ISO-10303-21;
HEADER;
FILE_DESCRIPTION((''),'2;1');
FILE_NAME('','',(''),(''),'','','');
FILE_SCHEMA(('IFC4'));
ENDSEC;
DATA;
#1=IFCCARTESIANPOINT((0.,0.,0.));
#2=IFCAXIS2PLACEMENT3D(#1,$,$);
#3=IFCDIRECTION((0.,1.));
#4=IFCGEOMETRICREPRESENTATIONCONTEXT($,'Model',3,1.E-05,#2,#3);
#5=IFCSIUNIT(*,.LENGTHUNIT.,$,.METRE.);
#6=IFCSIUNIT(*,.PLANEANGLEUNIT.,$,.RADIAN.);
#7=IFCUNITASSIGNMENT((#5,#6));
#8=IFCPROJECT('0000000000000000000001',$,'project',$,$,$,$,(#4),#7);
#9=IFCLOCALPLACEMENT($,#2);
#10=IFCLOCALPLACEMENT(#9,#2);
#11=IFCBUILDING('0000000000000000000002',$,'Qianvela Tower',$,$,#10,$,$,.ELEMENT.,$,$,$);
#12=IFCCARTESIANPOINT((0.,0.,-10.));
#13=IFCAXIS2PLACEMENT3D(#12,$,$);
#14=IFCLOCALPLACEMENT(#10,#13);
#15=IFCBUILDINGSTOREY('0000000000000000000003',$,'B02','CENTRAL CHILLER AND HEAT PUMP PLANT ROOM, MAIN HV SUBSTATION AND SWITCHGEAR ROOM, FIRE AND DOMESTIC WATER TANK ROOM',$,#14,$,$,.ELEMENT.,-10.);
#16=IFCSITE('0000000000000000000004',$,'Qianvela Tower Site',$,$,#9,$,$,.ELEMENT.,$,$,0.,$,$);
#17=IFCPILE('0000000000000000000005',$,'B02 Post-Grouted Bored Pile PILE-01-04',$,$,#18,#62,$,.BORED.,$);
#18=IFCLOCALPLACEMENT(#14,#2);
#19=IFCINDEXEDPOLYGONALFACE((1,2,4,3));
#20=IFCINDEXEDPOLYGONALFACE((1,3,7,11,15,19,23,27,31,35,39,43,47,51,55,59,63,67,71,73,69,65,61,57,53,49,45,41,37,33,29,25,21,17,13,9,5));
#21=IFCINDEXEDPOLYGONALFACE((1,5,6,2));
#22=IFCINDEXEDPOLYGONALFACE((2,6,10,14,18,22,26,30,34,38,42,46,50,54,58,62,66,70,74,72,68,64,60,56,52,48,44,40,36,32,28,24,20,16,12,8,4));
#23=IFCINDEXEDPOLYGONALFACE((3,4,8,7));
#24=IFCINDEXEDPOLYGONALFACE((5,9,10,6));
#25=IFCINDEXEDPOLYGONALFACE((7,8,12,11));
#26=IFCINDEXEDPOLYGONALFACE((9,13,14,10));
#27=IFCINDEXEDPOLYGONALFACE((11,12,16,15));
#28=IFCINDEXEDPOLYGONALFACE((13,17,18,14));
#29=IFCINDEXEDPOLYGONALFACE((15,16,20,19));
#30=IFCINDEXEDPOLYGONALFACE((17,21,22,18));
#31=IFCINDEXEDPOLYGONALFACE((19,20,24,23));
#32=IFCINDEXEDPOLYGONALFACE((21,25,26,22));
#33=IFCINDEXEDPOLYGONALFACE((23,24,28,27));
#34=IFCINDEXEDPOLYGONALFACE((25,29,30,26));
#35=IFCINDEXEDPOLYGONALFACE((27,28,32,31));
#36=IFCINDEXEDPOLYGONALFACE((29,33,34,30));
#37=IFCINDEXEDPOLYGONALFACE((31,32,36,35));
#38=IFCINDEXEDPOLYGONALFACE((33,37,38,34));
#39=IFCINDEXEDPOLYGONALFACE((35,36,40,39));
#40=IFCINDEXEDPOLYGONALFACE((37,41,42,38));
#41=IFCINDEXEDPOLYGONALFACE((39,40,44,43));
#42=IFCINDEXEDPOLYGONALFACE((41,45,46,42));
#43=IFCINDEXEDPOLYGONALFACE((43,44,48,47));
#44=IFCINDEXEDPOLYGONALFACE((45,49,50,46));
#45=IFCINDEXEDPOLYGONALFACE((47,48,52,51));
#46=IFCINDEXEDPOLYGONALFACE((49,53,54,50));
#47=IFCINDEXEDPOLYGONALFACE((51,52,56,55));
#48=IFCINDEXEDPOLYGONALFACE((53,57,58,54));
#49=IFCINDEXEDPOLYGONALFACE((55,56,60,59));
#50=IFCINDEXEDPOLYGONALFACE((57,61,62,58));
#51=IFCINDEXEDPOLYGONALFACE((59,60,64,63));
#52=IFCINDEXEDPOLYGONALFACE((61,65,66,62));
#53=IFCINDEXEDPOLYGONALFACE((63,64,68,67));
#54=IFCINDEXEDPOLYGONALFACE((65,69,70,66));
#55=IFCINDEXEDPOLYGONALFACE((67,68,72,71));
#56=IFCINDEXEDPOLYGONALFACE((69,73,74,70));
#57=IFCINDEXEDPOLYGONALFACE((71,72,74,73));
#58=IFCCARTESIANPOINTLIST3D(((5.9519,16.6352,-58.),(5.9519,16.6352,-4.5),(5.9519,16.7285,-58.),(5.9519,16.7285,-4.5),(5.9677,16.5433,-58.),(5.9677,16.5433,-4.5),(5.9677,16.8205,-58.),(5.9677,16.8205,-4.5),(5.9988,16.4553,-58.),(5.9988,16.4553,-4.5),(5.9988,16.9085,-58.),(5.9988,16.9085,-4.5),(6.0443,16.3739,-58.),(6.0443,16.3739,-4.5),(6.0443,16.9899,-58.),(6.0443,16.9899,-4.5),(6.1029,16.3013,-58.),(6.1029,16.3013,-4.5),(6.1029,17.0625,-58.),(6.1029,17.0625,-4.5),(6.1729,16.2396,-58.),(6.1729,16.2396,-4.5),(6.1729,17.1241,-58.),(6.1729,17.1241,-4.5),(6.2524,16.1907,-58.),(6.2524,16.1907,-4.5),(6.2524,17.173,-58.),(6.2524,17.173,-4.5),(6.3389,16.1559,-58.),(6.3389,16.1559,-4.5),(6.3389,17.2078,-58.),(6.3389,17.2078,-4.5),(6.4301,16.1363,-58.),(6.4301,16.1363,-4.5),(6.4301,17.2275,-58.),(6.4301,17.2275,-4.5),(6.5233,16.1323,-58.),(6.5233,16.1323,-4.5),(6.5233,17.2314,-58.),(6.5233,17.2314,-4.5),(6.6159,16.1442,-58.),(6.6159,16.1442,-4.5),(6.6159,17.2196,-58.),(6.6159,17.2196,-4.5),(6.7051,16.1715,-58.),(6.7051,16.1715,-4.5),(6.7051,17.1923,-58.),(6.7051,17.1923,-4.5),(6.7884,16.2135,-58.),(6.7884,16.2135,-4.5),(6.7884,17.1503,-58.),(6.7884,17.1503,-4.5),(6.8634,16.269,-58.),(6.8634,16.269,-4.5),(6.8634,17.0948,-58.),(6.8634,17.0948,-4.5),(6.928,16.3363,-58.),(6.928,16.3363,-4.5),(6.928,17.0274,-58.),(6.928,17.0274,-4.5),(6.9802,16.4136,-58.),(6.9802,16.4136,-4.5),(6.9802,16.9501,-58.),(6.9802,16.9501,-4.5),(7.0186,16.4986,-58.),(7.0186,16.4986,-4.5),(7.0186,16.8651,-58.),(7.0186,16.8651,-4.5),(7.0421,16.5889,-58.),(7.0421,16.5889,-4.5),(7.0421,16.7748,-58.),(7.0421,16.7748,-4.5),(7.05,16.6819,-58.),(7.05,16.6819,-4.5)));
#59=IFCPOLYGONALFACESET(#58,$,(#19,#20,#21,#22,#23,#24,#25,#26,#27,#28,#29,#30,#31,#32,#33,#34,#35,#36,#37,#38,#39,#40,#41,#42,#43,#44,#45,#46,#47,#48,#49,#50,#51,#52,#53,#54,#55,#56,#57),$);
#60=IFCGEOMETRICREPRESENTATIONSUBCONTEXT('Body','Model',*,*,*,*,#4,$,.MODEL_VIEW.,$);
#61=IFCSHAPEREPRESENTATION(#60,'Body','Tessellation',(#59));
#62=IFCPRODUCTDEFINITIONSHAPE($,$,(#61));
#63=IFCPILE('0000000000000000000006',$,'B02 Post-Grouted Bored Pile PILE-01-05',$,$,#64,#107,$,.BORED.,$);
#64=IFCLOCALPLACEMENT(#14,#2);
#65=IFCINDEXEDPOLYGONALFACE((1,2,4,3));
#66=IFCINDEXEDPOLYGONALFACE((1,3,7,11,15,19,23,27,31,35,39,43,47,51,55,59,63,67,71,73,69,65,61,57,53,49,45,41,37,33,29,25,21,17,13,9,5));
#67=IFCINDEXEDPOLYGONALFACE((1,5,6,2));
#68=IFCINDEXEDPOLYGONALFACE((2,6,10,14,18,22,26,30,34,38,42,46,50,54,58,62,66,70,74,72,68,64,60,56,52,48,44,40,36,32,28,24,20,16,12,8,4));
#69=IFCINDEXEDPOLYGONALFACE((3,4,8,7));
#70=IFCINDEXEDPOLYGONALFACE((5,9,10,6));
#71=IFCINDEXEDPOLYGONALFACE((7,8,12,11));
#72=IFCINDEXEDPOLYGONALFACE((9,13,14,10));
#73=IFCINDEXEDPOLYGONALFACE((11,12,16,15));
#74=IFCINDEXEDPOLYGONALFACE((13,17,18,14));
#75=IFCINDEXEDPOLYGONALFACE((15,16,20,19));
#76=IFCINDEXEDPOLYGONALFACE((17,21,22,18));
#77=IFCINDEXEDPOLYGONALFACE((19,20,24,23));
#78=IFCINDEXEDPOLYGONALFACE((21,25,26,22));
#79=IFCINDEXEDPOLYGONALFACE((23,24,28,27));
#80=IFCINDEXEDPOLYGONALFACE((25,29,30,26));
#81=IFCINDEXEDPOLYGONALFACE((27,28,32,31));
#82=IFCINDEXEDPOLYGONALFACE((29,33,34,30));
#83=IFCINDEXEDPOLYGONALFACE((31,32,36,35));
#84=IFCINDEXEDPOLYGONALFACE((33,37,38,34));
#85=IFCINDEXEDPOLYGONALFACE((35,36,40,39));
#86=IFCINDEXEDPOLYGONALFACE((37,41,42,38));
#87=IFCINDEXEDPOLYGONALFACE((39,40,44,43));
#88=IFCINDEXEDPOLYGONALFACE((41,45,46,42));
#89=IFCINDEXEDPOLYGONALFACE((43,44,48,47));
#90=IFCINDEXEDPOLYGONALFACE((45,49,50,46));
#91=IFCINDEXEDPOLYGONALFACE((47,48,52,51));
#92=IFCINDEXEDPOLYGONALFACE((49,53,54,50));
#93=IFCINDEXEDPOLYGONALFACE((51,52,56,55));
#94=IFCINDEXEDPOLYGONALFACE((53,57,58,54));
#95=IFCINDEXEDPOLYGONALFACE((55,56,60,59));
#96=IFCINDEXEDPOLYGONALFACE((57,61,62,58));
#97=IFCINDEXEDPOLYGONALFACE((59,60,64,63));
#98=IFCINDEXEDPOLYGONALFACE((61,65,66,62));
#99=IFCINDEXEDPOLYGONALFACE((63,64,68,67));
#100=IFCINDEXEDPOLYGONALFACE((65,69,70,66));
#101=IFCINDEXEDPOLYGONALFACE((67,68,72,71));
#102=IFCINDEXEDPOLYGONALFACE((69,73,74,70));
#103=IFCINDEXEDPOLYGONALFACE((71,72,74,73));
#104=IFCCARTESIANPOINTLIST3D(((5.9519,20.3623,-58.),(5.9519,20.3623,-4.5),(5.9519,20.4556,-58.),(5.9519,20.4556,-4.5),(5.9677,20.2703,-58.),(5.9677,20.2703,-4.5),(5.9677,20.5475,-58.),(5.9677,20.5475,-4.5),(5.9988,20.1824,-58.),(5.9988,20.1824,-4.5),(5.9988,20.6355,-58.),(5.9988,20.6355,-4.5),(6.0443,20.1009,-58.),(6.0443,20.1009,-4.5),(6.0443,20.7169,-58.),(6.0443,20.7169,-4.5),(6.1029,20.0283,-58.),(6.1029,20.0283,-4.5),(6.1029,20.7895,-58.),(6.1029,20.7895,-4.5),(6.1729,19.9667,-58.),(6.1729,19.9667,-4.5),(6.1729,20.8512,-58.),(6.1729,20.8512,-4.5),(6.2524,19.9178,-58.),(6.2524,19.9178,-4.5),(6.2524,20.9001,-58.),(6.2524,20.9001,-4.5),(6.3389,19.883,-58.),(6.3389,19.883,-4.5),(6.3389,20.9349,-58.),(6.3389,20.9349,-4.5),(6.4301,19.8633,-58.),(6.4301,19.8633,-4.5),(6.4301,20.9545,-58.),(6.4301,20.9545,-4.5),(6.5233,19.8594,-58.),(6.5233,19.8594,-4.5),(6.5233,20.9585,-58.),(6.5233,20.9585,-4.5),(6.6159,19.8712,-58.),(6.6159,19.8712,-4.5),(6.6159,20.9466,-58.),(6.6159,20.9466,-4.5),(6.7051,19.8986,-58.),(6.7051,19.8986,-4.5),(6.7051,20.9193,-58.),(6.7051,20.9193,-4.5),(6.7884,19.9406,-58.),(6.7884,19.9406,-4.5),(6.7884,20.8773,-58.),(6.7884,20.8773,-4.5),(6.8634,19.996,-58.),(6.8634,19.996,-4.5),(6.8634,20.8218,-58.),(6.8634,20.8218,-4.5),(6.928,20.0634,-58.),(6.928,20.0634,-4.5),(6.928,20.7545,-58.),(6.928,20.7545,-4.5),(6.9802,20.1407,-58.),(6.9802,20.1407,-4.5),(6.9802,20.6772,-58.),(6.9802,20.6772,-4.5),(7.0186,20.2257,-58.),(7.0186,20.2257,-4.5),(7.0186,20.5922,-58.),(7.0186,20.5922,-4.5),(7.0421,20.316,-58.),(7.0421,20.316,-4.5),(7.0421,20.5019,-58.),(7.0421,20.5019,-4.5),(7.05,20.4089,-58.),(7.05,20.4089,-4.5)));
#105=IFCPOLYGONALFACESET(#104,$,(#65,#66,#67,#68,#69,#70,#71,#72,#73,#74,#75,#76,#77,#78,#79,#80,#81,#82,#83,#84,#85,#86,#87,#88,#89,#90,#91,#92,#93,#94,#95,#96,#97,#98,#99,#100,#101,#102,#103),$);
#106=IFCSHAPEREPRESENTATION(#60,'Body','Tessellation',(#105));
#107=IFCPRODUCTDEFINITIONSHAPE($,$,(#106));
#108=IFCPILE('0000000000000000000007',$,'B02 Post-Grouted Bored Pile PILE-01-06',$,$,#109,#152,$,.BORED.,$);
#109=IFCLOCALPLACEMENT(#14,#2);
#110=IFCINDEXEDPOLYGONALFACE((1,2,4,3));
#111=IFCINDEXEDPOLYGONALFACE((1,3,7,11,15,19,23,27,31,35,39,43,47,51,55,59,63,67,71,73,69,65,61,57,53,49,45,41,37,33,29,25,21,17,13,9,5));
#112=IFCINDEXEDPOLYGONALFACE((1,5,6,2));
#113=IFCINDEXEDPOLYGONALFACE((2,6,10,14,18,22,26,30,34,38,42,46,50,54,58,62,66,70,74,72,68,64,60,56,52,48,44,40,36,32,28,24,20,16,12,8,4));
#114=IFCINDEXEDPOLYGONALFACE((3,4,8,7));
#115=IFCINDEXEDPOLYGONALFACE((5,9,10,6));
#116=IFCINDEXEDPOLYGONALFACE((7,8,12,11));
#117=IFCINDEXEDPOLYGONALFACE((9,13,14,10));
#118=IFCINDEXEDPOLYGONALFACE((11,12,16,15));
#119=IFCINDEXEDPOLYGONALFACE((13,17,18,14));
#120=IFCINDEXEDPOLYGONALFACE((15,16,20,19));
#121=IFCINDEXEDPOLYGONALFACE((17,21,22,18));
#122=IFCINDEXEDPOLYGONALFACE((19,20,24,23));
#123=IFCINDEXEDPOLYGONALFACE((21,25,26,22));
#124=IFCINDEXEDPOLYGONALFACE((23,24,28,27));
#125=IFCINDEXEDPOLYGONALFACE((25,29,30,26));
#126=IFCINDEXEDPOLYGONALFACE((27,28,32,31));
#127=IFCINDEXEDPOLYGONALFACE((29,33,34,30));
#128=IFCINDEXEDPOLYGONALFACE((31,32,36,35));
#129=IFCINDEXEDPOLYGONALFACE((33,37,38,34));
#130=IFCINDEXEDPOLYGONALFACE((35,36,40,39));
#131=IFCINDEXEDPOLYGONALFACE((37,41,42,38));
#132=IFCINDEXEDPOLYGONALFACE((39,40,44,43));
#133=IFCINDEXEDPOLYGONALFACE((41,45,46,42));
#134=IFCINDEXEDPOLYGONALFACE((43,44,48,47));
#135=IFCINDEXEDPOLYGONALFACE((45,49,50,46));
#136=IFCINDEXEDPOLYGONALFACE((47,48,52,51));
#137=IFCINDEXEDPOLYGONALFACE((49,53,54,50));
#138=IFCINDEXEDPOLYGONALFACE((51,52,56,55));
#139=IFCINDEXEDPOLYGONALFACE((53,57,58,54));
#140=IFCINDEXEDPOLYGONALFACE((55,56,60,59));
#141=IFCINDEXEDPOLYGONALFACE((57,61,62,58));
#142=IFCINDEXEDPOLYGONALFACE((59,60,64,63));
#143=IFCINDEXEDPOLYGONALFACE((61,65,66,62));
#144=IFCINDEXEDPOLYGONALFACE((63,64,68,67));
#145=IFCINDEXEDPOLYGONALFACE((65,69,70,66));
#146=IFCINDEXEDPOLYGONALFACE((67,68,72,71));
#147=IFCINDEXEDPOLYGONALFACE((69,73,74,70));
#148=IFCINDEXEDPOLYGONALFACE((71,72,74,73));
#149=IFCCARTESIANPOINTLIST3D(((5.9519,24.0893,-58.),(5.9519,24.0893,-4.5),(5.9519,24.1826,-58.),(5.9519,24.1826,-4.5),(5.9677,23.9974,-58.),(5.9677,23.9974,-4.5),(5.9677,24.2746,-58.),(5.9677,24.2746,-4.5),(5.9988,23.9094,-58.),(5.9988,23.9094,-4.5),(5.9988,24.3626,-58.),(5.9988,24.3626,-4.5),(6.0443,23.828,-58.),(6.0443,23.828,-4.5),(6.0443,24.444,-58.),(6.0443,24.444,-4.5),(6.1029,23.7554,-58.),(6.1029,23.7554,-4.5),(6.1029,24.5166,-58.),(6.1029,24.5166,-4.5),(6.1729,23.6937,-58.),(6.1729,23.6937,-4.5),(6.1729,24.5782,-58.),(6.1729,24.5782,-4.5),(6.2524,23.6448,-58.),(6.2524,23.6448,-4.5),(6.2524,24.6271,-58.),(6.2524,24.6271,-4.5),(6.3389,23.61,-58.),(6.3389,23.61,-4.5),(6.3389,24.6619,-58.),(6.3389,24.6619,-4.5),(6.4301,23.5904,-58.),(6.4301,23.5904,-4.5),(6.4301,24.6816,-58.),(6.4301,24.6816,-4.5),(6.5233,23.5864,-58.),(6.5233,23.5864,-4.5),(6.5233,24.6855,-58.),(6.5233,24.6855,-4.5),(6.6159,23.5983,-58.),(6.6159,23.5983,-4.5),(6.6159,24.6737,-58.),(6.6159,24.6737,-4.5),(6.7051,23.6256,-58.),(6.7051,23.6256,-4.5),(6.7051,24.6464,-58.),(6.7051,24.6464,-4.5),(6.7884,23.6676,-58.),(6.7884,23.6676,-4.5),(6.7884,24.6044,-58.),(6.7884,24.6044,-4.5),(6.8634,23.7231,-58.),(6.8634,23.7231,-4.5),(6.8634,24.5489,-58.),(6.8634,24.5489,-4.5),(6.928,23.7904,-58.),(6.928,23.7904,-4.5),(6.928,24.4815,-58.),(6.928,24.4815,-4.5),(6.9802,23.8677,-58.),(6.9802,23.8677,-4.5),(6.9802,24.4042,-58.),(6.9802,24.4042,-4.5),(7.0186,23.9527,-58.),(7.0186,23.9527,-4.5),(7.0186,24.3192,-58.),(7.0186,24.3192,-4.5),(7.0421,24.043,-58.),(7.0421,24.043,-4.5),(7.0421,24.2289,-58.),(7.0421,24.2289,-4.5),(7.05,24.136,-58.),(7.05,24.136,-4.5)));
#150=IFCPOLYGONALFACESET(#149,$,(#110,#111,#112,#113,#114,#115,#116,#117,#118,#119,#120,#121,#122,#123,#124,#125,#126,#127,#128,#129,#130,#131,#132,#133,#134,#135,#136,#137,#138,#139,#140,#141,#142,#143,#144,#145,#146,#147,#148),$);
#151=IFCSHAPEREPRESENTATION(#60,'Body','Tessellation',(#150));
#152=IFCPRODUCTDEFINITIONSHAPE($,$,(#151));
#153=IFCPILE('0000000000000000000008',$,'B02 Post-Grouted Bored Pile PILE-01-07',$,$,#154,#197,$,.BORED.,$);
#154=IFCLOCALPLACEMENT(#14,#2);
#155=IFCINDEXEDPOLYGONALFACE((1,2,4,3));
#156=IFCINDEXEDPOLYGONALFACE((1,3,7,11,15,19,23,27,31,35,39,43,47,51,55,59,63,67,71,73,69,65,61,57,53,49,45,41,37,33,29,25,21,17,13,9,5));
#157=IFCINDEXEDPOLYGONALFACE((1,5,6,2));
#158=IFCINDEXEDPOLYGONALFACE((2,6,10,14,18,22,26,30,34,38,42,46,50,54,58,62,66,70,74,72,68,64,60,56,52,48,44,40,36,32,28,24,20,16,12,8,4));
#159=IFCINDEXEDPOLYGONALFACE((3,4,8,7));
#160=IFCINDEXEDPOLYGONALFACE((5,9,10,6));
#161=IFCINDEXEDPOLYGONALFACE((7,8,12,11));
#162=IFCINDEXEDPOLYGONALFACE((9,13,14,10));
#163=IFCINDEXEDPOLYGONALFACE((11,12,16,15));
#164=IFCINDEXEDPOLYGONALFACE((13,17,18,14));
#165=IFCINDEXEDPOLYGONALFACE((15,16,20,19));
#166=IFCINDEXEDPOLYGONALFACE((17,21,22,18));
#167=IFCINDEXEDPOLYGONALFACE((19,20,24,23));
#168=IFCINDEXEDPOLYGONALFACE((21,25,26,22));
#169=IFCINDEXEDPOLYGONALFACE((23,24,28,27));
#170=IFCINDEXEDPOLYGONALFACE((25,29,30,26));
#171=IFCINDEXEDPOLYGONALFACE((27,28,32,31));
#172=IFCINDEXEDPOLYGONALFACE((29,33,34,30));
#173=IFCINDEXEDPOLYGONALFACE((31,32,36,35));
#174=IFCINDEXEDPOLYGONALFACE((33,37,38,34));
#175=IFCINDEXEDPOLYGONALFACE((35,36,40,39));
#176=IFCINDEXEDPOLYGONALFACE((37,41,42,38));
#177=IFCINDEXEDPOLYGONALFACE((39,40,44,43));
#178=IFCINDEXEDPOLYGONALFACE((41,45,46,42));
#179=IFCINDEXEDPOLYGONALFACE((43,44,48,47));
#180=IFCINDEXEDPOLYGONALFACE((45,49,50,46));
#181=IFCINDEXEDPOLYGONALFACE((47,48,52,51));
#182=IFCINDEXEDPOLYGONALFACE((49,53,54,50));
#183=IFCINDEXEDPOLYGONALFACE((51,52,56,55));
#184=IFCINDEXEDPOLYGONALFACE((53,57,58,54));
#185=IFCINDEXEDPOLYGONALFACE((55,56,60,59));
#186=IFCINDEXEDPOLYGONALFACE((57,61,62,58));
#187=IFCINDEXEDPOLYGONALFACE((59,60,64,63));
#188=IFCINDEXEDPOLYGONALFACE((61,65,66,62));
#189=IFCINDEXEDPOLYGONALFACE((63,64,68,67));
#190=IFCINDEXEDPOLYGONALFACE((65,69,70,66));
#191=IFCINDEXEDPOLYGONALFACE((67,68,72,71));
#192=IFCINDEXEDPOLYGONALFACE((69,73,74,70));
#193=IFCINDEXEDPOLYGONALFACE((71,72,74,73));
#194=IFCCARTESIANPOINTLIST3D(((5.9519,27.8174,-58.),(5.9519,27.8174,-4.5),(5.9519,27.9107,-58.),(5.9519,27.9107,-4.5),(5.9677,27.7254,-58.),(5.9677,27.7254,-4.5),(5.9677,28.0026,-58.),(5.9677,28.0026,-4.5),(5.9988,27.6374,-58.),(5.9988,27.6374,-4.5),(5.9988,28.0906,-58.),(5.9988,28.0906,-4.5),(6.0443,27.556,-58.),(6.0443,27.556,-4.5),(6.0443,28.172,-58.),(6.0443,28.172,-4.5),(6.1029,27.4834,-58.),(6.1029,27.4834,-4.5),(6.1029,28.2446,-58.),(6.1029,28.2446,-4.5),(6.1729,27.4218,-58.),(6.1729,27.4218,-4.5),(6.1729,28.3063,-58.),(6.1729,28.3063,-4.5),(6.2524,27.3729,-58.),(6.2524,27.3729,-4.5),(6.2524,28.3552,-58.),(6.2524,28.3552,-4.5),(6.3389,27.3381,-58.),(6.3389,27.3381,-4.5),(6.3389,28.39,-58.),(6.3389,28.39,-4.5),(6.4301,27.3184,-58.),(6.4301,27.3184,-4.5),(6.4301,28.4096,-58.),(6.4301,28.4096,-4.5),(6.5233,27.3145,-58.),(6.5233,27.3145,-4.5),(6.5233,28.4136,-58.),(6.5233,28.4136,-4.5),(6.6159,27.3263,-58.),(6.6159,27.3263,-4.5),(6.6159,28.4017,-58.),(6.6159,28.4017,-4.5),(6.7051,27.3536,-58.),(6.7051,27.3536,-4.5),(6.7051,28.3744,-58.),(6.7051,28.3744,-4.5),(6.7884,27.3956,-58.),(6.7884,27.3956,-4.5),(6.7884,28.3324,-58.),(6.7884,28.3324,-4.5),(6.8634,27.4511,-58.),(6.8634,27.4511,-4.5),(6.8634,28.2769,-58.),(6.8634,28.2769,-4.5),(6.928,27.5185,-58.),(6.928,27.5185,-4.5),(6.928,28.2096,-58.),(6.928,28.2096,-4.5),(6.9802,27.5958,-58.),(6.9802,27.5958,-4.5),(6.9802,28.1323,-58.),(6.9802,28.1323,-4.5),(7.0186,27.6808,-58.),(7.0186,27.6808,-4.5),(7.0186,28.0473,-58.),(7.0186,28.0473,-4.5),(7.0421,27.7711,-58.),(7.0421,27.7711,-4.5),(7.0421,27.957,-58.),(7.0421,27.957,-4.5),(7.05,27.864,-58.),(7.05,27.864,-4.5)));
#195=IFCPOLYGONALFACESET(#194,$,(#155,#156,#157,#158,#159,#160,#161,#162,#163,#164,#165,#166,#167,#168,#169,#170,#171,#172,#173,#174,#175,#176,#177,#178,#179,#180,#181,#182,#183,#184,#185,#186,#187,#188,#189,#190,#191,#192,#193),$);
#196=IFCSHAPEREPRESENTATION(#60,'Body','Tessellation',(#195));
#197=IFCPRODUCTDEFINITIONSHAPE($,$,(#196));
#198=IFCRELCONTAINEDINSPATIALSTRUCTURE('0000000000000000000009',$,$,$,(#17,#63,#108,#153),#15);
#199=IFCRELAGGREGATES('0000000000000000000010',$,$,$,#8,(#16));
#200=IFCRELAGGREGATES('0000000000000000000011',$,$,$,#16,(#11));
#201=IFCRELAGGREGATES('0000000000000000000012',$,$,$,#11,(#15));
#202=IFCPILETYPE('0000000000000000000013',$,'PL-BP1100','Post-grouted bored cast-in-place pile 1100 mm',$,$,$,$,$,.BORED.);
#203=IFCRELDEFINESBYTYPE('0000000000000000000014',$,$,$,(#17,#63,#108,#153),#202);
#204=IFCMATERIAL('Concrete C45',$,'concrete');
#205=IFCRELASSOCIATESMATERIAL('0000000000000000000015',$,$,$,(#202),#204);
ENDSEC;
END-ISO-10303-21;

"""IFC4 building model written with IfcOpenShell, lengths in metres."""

from ifc_helpers import new_model, si_unit, direction, frame, origin, origin_2d, place, context, subcontext, project, spatial, circle, extrude, material, material_profile, profile_set, type_object, element, save


model = new_model("IFC4")

# Units and contexts
model_context = context("Model", 3, precision=1e-05, world=origin(), true_north=direction((0.0, 1.0)))
body_context = subcontext(model_context, "Body", "Model", "MODEL_VIEW")
ifc_project = project(units=[si_unit("LENGTHUNIT", "METRE"), si_unit("PLANEANGLEUNIT", "RADIAN")], contexts=[model_context])

# Site, building, storey
site_placement = place(None, origin())
site = spatial("IfcSite", under=ifc_project, at=site_placement, Name="Qianvela Tower Site", CompositionType="ELEMENT", RefElevation=0.0)
building_placement = place(site_placement, origin())
building = spatial("IfcBuilding", under=site, at=building_placement, Name="Qianvela Tower", CompositionType="ELEMENT")
storey_placement = place(building_placement, frame((0.0, 0.0, -10.0)))
storey = spatial("IfcBuildingStorey", under=building, at=storey_placement, Name="B02", Description="CENTRAL CHILLER AND HEAT PUMP PLANT ROOM, MAIN HV SUBSTATION AND SWITCHGEAR ROOM, FIRE AND DOMESTIC WATER TANK ROOM", CompositionType="ELEMENT", Elevation=-10.0)

# Piles
ifc_material_1 = material(Name="Concrete C45", Category="concrete")
ifc_material_profile_1 = material_profile(ifc_material_1, circle(Radius=0.55, at=origin_2d()), Name="BP-1100")
ifc_profile_set_1 = profile_set([ifc_material_profile_1], Name="Concrete C45")
pile_type_1 = type_object("IfcPileType", Name="PL-BP1100", Description="Post-grouted bored cast-in-place pile 1100 mm", PredefinedType="BORED", material=ifc_profile_set_1)
for number, where, z_axis, x_axis, name in (
    (1, (6.5, 16.6819, -4.5), (0.0, 0.0, -1.0), (1.0, 0.0, 0.0), "B02 Post-Grouted Bored Pile PILE-01-04"),
    (2, (6.5, 20.4089, -4.5), (0.0, 0.0, -1.0), (1.0, 0.0, 0.0), "B02 Post-Grouted Bored Pile PILE-01-05"),
    (3, (6.5, 24.136, -4.5), (0.0, 0.0, -1.0), (1.0, 0.0, 0.0), "B02 Post-Grouted Bored Pile PILE-01-06"),
    (4, (6.5, 27.864, -4.5), (0.0, 0.0, -1.0), (1.0, 0.0, 0.0), "B02 Post-Grouted Bored Pile PILE-01-07"),
):
    element("IfcPile", number, at=place(storey_placement, frame(where, z_axis=z_axis, x_axis=x_axis)), inside=storey, type_object=pile_type_1, Name=name, PredefinedType="BORED", context=body_context, shape_type="SweptSolid", body=[
        extrude(circle(Radius=0.55, at=origin_2d()), origin(), (0.0, 0.0, 1.0), 53.5),
    ])

save(model, "model.ifc")
